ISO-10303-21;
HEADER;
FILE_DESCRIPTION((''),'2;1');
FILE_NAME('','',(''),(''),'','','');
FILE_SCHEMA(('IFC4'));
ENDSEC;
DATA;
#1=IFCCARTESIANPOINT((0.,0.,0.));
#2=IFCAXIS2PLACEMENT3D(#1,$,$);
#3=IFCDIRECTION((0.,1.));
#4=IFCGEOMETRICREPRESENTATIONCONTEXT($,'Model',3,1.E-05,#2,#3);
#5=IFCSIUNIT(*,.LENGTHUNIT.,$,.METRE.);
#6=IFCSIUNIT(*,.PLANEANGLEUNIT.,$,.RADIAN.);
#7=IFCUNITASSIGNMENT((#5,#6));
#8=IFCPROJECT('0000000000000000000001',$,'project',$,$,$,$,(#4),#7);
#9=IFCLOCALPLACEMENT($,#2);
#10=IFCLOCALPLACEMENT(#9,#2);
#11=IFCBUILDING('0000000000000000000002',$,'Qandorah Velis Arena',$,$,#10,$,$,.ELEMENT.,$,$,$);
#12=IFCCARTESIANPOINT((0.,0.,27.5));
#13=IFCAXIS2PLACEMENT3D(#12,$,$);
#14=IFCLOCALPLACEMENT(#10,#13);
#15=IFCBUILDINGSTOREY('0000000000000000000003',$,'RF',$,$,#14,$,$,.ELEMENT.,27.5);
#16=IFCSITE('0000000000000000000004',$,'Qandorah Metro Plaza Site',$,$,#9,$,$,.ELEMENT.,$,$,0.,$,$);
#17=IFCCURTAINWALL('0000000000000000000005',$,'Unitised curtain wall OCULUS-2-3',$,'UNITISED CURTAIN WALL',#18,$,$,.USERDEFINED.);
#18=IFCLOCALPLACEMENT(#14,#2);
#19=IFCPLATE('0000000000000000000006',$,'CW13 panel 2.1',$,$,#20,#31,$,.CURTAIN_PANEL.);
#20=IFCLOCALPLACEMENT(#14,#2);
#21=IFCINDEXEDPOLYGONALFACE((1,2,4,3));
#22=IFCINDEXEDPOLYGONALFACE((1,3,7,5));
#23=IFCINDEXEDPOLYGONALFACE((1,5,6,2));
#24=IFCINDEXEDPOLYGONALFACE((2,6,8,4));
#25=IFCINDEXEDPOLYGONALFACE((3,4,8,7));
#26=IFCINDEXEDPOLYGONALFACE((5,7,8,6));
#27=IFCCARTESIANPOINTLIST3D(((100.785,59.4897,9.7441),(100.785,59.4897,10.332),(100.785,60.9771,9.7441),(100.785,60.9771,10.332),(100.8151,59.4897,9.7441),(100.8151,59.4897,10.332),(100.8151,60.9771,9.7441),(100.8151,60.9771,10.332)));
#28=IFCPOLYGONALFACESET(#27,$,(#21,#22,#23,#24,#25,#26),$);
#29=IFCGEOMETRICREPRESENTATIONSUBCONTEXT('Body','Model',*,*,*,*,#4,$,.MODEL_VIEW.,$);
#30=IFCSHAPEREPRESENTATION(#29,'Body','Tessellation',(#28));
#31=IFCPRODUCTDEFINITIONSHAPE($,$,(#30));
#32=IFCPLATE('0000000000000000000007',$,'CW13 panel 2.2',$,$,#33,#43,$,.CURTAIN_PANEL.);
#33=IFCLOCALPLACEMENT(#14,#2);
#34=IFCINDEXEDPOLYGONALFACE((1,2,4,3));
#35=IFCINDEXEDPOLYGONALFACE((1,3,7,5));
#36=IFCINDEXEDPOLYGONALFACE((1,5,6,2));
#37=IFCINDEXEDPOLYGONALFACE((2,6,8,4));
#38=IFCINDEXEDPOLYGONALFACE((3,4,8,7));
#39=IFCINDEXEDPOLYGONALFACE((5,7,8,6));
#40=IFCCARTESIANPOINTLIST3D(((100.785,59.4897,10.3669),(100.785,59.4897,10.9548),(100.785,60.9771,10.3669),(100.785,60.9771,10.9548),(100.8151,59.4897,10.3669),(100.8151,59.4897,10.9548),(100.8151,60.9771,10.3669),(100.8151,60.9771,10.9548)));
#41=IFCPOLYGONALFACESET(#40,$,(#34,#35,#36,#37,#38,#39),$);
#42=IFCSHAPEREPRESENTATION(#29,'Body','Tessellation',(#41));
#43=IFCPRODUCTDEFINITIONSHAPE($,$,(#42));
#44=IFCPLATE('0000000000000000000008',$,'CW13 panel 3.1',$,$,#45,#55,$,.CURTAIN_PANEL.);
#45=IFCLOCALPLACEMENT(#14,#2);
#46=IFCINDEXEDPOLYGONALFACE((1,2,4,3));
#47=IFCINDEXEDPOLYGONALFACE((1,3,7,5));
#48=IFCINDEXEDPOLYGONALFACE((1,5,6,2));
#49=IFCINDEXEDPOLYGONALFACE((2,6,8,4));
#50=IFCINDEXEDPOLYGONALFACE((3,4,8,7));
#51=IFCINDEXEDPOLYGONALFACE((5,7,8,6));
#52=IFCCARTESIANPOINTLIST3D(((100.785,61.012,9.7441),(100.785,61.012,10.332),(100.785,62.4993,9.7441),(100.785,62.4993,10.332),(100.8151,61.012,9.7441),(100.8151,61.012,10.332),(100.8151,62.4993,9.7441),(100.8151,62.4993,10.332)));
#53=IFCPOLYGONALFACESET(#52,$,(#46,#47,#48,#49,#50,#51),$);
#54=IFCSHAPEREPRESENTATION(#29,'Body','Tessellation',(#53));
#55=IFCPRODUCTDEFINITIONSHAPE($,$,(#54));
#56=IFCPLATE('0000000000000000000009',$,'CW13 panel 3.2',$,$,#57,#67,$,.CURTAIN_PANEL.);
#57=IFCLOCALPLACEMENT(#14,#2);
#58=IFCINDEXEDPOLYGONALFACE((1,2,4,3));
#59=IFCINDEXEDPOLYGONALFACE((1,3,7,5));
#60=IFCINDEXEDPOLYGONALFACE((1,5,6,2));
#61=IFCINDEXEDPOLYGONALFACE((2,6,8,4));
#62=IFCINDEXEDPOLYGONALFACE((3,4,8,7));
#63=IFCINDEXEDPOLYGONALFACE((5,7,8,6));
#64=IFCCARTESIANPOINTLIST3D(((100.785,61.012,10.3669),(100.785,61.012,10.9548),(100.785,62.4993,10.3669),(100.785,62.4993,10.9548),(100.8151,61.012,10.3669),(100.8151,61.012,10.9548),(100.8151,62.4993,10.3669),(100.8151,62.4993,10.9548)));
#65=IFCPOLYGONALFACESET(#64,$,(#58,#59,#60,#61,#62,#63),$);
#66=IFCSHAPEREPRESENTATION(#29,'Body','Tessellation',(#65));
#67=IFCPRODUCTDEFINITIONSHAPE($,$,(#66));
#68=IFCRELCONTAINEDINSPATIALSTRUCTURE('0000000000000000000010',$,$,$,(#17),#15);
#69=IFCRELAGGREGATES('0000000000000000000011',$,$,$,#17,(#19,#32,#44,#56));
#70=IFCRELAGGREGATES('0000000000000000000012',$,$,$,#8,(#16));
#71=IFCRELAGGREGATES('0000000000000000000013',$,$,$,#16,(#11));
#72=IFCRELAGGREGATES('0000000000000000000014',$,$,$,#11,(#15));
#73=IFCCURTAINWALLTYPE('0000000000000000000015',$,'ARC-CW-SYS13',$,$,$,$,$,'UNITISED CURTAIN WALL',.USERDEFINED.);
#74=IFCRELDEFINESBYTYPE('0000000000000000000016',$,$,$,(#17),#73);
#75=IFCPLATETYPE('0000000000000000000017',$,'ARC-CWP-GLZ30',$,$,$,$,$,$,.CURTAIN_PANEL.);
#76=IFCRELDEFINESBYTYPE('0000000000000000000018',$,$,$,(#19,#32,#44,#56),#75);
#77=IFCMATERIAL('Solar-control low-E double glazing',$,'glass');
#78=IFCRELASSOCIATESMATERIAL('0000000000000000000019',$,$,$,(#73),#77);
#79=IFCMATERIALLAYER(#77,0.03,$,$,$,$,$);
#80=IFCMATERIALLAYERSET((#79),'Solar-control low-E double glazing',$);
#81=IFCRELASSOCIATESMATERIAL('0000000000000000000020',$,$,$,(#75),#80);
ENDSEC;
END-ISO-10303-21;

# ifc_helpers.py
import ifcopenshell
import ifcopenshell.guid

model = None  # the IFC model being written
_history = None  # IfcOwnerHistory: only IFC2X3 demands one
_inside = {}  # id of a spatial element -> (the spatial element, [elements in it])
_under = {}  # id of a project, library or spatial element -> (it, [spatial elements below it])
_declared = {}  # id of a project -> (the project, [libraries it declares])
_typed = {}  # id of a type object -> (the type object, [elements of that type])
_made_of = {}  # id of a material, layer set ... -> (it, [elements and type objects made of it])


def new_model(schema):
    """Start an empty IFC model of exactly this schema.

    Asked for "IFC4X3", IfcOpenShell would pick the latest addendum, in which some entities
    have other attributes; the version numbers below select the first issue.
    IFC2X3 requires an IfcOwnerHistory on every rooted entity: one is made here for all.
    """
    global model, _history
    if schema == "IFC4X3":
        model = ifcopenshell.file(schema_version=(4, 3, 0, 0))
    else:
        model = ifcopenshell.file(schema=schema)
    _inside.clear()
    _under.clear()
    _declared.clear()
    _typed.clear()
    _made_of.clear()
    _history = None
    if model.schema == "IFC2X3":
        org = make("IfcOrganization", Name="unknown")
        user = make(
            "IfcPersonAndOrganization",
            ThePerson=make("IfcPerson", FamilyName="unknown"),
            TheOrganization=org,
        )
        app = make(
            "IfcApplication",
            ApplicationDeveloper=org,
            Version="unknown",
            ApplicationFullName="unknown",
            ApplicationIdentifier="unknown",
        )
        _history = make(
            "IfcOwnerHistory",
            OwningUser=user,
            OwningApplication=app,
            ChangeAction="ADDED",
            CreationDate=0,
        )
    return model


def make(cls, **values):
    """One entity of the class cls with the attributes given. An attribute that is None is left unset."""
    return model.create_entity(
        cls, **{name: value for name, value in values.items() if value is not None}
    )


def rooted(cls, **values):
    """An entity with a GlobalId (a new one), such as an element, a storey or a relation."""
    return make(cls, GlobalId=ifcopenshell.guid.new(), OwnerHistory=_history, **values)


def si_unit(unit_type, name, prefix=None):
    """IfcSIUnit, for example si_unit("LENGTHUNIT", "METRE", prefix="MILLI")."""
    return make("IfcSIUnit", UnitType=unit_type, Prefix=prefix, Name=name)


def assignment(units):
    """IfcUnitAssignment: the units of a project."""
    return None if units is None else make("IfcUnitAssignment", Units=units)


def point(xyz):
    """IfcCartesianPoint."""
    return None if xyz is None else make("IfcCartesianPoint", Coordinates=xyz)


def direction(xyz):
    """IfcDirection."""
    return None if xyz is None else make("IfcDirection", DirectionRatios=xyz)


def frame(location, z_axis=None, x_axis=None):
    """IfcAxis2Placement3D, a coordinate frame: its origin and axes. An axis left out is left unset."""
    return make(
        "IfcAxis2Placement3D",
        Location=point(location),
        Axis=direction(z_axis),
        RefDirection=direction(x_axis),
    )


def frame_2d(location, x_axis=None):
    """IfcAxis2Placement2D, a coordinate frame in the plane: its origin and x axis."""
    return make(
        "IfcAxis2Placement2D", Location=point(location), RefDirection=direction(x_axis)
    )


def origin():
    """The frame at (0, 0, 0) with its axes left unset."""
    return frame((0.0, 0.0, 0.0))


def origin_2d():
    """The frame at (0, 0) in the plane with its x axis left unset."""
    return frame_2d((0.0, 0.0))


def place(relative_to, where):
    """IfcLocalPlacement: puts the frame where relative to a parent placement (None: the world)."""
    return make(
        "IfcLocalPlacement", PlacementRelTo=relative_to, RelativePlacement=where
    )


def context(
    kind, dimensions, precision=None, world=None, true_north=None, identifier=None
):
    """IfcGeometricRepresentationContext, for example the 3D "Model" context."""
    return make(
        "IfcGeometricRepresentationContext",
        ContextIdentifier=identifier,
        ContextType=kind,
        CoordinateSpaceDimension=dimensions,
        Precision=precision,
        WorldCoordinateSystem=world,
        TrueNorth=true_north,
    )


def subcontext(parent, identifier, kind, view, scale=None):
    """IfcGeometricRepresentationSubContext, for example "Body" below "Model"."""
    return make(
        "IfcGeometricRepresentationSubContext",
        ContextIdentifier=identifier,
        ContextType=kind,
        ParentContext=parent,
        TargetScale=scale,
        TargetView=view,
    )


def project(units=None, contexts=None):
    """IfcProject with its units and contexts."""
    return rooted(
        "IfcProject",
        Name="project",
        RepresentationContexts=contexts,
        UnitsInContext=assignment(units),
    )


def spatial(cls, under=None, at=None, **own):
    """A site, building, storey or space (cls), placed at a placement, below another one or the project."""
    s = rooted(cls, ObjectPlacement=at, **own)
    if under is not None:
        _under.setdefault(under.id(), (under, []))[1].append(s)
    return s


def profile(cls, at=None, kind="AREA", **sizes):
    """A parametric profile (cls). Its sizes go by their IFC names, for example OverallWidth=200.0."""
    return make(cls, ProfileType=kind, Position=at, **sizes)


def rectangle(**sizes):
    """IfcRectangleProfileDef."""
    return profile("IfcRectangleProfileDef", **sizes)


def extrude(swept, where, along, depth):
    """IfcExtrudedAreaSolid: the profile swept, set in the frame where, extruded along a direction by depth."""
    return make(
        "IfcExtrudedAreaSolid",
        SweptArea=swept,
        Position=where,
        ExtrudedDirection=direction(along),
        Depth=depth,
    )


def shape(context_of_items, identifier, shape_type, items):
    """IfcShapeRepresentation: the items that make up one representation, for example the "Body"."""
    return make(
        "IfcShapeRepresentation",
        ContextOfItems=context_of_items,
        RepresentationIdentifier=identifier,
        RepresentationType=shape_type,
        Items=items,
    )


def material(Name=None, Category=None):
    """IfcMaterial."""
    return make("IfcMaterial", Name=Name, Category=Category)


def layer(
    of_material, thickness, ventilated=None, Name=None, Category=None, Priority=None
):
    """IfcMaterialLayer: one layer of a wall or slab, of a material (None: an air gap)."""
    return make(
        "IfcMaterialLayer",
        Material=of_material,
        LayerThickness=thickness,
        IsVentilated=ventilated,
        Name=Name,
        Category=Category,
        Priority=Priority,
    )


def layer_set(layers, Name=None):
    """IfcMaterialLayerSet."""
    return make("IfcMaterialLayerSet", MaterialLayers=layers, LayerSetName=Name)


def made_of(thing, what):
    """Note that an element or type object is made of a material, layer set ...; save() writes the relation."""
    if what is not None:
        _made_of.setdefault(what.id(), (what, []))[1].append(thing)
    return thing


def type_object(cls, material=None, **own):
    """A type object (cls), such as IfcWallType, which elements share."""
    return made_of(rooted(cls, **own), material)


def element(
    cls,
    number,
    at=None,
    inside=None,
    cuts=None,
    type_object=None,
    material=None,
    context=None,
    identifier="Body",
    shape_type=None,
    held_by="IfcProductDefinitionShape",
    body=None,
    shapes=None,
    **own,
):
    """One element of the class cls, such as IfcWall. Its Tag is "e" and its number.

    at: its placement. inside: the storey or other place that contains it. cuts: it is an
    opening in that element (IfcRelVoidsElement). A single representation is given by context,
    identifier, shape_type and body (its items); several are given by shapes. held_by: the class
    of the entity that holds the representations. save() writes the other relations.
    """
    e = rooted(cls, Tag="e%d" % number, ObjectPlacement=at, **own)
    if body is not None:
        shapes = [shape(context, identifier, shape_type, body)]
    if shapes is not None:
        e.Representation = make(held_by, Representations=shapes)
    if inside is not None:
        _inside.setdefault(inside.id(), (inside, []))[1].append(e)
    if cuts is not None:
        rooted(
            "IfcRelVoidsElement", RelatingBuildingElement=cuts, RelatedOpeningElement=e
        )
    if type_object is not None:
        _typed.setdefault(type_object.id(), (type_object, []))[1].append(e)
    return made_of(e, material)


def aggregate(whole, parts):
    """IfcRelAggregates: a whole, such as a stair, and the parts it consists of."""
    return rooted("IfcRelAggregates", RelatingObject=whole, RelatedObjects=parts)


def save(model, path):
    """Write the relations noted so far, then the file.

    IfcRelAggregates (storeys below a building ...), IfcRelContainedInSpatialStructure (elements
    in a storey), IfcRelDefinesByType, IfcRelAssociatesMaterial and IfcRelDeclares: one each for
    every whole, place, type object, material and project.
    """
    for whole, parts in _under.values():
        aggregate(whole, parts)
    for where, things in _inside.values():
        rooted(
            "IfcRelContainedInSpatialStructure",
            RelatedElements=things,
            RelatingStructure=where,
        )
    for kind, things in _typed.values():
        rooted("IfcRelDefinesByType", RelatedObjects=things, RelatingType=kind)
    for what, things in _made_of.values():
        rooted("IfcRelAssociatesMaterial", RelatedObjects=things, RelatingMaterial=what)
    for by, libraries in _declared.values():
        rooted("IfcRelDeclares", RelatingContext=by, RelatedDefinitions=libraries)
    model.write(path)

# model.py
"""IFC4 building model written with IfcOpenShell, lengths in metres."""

from ifc_helpers import new_model, si_unit, direction, frame, origin, origin_2d, place, context, subcontext, project, spatial, rectangle, extrude, material, layer, layer_set, type_object, element, aggregate, save


model = new_model("IFC4")

# Units and contexts
model_context = context("Model", 3, precision=1e-05, world=origin(), true_north=direction((0.0, 1.0)))
body_context = subcontext(model_context, "Body", "Model", "MODEL_VIEW")
ifc_project = project(units=[si_unit("LENGTHUNIT", "METRE"), si_unit("PLANEANGLEUNIT", "RADIAN")], contexts=[model_context])

# Site, building, storey
site_placement = place(None, origin())
site = spatial("IfcSite", under=ifc_project, at=site_placement, Name="Qandorah Metro Plaza Site", CompositionType="ELEMENT", RefElevation=0.0)
building_placement = place(site_placement, origin())
building = spatial("IfcBuilding", under=site, at=building_placement, Name="Qandorah Velis Arena", CompositionType="ELEMENT")
storey_placement = place(building_placement, frame((0.0, 0.0, 27.5)))
storey = spatial("IfcBuildingStorey", under=building, at=storey_placement, Name="RF", CompositionType="ELEMENT", Elevation=27.5)

# Curtain wall
ifc_material_1 = material(Name="Solar-control low-E double glazing", Category="glass")
curtain_wall_type_1 = type_object("IfcCurtainWallType", Name="ARC-CW-SYS13", ElementType="UNITISED CURTAIN WALL", PredefinedType="USERDEFINED", material=ifc_material_1)
curtain_wall_1_placement = place(storey_placement, origin())
curtain_wall_1 = element("IfcCurtainWall", 1, at=curtain_wall_1_placement, inside=storey, type_object=curtain_wall_type_1, Name="Unitised curtain wall OCULUS-2-3", ObjectType="UNITISED CURTAIN WALL", PredefinedType="USERDEFINED")

# Plates
ifc_layer = layer(ifc_material_1, 0.03)
ifc_layer_set = layer_set([ifc_layer], Name="Solar-control low-E double glazing")
plate_type = type_object("IfcPlateType", Name="ARC-CWP-GLZ30", PredefinedType="CURTAIN_PANEL", material=ifc_layer_set)
plate_1_placement = place(storey_placement, frame((100.8, 60.2334, 9.7441), z_axis=(0.0, 0.0, 1.0), x_axis=(0.0, 1.0, 0.0)))
plate_1 = element("IfcPlate", 2, at=plate_1_placement, type_object=plate_type, Name="CW13 panel 2.1", PredefinedType="CURTAIN_PANEL", context=body_context, shape_type="SweptSolid", body=[
    extrude(rectangle(XDim=1.4873, YDim=0.03, at=origin_2d()), origin(), (0.0, 0.0, 1.0), 0.5879),
])
plate_2_placement = place(storey_placement, frame((100.8, 60.2334, 10.3669), z_axis=(0.0, 0.0, 1.0), x_axis=(0.0, 1.0, 0.0)))
plate_2 = element("IfcPlate", 3, at=plate_2_placement, type_object=plate_type, Name="CW13 panel 2.2", PredefinedType="CURTAIN_PANEL", context=body_context, shape_type="SweptSolid", body=[
    extrude(rectangle(XDim=1.4873, YDim=0.03, at=origin_2d()), origin(), (0.0, 0.0, 1.0), 0.5879),
])
plate_3_placement = place(storey_placement, frame((100.8, 61.7556, 9.7441), z_axis=(0.0, 0.0, 1.0), x_axis=(0.0, 1.0, 0.0)))
plate_3 = element("IfcPlate", 4, at=plate_3_placement, type_object=plate_type, Name="CW13 panel 3.1", PredefinedType="CURTAIN_PANEL", context=body_context, shape_type="SweptSolid", body=[
    extrude(rectangle(XDim=1.4873, YDim=0.03, at=origin_2d()), origin(), (0.0, 0.0, 1.0), 0.5879),
])
plate_4_placement = place(storey_placement, frame((100.8, 61.7556, 10.3669), z_axis=(0.0, 0.0, 1.0), x_axis=(0.0, 1.0, 0.0)))
plate_4 = element("IfcPlate", 5, at=plate_4_placement, type_object=plate_type, Name="CW13 panel 3.2", PredefinedType="CURTAIN_PANEL", context=body_context, shape_type="SweptSolid", body=[
    extrude(rectangle(XDim=1.4873, YDim=0.03, at=origin_2d()), origin(), (0.0, 0.0, 1.0), 0.5879),
])
aggregate(curtain_wall_1, [plate_1, plate_2, plate_3, plate_4])

save(model, "model.ifc")
